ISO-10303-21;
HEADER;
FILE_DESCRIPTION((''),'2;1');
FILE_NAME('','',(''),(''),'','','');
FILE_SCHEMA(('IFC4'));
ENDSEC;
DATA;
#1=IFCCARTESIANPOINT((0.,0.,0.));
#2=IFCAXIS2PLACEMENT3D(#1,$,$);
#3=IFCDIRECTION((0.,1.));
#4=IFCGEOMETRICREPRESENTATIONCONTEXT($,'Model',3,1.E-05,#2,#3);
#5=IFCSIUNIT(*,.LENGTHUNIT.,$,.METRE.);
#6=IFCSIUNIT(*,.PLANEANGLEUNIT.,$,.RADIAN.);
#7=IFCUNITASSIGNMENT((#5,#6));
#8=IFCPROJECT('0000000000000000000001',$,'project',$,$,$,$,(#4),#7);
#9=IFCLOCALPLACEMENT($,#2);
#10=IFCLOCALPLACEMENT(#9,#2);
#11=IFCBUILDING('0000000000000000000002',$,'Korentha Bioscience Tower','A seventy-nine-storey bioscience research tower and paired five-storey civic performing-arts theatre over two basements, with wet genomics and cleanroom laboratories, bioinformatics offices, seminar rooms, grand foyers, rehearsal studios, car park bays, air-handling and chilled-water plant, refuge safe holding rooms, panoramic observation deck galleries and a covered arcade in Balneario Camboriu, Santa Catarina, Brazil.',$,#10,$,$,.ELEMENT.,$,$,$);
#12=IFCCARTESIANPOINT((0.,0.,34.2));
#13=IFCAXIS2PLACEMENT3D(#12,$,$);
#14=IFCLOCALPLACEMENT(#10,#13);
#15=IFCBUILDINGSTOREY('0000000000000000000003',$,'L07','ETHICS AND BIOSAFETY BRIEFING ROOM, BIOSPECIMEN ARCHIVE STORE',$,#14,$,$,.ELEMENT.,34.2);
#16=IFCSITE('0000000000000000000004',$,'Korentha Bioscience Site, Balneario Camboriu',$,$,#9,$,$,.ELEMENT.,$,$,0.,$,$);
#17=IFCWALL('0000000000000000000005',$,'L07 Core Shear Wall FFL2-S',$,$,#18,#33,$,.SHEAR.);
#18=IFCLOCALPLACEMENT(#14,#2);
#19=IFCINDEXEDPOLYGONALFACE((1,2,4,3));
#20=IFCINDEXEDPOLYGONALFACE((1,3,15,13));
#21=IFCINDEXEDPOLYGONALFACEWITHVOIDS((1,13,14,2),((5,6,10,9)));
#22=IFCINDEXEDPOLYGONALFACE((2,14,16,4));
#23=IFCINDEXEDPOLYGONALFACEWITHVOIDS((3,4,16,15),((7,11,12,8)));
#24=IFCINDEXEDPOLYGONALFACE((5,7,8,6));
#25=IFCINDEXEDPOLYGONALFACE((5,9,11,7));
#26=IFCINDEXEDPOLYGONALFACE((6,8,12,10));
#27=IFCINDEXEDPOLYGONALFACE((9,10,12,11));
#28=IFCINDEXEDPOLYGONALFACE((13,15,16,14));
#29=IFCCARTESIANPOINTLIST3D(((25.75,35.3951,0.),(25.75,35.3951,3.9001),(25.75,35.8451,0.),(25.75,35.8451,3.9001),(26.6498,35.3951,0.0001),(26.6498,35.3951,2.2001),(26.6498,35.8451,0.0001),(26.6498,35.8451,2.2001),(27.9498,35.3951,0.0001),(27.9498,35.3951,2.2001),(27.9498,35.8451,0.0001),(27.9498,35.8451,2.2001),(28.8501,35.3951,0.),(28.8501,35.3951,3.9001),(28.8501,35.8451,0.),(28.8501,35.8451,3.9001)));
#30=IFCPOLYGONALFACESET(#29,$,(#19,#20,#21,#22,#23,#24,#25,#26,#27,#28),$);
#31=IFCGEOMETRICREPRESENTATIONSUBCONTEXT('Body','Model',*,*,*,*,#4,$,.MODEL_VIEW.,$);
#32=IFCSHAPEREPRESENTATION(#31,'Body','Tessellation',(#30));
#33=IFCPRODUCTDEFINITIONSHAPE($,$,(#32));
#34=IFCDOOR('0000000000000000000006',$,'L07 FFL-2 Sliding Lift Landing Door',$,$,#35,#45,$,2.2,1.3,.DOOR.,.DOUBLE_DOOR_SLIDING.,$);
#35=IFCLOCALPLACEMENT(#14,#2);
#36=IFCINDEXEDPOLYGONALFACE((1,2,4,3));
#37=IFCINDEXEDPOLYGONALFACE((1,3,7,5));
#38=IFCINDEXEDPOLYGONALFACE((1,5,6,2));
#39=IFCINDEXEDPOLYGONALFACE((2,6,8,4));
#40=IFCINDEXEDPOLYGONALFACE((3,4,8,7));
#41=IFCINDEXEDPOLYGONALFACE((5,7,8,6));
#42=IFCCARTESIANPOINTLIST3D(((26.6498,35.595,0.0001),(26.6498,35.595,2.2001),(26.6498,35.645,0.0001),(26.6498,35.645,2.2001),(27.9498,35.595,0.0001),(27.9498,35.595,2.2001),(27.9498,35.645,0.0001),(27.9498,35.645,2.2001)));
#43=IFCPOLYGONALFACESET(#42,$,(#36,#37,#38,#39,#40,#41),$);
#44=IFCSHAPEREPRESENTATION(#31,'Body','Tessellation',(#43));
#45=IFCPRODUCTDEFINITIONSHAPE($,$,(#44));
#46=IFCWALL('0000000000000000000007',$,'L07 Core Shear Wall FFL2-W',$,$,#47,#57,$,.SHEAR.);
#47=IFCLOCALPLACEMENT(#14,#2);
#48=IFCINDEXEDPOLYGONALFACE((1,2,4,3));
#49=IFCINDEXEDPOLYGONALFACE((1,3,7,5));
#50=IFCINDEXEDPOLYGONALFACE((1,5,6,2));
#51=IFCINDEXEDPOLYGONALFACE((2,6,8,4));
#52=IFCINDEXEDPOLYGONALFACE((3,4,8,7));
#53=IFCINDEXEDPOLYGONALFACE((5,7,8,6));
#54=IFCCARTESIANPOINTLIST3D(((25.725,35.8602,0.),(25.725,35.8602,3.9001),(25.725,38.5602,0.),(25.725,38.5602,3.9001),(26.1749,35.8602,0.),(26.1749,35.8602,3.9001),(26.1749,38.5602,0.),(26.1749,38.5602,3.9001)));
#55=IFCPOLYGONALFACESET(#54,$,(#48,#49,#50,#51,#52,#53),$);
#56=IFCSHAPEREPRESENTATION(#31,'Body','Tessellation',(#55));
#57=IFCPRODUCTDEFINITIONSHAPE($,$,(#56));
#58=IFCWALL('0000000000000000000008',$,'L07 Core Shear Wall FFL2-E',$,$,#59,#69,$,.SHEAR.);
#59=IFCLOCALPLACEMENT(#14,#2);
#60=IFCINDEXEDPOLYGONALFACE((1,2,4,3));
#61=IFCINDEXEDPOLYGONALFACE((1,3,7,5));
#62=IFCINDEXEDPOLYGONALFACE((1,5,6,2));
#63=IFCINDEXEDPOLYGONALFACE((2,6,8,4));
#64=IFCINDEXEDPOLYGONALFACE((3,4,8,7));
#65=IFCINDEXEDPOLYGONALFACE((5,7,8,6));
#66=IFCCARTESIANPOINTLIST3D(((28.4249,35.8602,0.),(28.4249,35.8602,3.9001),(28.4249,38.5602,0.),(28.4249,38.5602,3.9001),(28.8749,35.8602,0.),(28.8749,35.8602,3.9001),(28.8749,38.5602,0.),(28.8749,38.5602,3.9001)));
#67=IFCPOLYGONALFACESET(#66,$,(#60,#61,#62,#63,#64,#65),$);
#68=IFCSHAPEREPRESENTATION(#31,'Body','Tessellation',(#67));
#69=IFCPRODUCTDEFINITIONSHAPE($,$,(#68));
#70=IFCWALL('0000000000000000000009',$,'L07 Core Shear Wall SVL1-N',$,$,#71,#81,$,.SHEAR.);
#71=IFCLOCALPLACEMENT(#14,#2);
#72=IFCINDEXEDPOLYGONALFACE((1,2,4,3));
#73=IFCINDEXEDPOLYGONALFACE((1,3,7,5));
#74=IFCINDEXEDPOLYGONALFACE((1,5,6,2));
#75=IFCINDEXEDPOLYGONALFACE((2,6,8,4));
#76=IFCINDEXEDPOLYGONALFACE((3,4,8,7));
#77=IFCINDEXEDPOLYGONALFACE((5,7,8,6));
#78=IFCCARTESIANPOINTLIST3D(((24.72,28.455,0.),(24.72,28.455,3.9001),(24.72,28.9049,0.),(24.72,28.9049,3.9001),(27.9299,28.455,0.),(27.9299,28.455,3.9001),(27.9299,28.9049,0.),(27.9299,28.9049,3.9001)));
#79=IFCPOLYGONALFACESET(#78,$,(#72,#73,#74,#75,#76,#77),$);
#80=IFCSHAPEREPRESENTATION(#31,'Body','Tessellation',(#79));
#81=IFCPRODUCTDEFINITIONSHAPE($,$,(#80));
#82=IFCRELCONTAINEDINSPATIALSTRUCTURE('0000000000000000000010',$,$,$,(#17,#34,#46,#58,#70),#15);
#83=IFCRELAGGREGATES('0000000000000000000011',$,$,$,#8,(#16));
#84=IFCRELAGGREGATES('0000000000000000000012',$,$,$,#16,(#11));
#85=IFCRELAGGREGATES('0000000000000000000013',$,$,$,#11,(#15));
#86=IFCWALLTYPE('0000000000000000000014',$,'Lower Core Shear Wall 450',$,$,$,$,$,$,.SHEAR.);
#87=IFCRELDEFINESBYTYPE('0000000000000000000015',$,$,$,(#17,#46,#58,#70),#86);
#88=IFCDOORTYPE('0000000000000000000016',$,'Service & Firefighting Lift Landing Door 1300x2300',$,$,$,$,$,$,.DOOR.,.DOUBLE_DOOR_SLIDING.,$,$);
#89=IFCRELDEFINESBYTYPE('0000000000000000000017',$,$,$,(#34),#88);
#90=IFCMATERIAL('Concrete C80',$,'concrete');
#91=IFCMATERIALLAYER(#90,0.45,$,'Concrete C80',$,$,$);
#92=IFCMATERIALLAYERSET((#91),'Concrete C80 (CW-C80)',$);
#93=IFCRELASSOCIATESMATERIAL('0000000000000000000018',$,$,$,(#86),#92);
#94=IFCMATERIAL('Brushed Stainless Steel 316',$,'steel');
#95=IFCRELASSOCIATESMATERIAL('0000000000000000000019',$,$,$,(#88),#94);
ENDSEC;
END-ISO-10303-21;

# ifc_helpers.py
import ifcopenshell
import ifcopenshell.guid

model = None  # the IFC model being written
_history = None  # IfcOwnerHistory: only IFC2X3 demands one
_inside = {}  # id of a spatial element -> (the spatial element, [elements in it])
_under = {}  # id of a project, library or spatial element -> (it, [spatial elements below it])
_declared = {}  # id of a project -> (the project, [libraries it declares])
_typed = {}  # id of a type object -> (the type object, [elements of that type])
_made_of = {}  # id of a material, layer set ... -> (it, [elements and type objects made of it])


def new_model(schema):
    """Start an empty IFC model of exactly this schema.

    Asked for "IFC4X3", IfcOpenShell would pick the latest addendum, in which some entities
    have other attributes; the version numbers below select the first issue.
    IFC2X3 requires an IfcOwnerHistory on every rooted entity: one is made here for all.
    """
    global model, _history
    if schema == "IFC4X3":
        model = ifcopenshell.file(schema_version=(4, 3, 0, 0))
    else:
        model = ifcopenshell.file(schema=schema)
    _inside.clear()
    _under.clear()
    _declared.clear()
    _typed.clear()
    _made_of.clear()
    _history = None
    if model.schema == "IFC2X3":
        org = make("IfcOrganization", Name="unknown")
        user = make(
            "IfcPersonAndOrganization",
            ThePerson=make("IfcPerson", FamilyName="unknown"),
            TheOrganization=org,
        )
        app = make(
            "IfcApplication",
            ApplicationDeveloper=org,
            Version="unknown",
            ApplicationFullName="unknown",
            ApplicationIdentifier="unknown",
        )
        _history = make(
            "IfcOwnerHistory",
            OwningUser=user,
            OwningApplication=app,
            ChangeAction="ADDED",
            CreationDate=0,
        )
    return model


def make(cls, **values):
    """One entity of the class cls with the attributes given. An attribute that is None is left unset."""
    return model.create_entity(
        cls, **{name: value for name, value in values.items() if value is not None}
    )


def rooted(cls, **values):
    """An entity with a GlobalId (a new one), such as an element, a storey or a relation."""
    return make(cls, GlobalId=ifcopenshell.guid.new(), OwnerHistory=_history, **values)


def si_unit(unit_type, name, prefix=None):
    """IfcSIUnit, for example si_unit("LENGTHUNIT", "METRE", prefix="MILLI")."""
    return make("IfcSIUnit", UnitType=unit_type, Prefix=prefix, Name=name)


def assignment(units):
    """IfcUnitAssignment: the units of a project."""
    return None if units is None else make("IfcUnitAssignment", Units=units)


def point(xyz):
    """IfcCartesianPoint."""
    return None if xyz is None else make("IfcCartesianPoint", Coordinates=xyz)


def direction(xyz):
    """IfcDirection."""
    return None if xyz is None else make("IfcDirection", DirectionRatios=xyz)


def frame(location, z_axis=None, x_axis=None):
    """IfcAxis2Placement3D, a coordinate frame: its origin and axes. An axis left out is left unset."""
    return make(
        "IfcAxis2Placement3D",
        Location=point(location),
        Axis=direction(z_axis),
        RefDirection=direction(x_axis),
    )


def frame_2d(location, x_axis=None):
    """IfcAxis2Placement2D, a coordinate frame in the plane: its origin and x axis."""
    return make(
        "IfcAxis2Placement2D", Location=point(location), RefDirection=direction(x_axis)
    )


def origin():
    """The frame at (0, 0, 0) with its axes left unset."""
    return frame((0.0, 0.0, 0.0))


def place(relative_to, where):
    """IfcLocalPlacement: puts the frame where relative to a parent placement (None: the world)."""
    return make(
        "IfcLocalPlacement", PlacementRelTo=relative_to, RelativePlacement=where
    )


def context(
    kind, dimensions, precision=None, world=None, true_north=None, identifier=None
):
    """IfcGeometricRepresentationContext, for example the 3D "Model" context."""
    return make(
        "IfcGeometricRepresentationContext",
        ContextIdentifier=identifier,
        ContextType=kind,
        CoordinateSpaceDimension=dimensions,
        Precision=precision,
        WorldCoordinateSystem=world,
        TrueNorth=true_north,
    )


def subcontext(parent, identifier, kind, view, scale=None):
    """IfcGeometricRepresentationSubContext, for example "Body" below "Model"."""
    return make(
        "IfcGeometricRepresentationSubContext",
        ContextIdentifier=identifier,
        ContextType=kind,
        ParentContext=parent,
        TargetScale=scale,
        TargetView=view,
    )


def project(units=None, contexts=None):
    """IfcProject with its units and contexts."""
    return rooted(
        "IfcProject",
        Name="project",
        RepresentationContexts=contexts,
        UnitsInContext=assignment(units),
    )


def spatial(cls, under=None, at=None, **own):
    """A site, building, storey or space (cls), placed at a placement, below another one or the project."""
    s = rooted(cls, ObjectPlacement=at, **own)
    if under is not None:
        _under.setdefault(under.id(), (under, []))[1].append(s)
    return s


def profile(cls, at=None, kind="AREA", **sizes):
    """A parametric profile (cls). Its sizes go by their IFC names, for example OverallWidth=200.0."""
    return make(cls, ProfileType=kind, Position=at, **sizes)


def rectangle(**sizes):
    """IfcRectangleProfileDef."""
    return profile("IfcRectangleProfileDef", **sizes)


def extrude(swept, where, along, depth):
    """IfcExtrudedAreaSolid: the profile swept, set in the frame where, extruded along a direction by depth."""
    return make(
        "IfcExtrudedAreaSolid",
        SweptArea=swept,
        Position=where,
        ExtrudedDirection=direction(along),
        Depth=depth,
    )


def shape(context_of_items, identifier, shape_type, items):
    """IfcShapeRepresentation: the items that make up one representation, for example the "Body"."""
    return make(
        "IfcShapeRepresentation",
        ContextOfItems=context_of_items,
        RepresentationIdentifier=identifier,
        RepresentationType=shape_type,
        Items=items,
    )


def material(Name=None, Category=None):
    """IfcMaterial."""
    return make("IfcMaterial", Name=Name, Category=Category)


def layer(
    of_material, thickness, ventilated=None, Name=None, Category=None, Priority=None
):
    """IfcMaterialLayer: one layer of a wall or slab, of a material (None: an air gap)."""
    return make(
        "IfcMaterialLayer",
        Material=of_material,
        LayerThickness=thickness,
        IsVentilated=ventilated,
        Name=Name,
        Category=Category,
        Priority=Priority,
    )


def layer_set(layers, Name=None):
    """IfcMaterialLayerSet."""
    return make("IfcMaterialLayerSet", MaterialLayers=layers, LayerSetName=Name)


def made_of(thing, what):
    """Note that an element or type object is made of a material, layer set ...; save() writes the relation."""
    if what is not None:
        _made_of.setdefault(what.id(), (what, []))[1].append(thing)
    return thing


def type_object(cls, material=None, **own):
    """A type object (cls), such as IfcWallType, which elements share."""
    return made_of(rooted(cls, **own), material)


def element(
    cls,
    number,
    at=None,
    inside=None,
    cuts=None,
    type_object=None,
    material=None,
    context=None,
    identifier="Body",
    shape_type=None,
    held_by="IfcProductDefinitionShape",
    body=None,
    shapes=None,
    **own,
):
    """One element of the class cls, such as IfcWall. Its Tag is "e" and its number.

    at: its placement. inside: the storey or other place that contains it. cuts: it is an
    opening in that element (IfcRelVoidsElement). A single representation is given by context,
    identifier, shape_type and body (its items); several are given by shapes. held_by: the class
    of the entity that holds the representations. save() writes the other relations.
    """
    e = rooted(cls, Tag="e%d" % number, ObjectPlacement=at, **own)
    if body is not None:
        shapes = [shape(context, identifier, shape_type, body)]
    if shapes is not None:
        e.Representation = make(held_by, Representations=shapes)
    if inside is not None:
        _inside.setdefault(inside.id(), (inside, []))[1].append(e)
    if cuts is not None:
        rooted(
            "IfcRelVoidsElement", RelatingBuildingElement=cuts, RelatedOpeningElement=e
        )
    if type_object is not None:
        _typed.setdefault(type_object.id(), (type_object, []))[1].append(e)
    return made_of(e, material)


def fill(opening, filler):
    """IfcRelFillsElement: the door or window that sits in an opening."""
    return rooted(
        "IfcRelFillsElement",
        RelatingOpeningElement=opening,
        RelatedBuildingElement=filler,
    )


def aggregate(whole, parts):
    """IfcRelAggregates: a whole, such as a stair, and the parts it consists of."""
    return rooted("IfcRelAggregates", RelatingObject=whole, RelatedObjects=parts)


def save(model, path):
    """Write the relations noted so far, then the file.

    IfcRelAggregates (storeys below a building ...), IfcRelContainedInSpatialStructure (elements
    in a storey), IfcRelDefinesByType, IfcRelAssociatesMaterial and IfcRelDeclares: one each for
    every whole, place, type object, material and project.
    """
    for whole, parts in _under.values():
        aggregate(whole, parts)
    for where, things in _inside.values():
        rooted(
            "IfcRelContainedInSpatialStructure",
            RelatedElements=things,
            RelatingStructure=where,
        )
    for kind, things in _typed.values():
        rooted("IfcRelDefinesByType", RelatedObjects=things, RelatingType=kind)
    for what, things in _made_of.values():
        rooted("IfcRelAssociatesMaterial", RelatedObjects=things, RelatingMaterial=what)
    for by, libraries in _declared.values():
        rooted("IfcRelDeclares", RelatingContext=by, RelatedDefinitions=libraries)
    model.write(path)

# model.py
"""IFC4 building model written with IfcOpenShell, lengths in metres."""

from ifc_helpers import new_model, si_unit, direction, frame, frame_2d, origin, place, context, subcontext, project, spatial, rectangle, extrude, material, layer, layer_set, type_object, element, fill, save


model = new_model("IFC4")

# Units and contexts
model_context = context("Model", 3, precision=1e-05, world=origin(), true_north=direction((0.0, 1.0)))
body_context = subcontext(model_context, "Body", "Model", "MODEL_VIEW")
ifc_project = project(units=[si_unit("LENGTHUNIT", "METRE"), si_unit("PLANEANGLEUNIT", "RADIAN")], contexts=[model_context])

# Site, building, storey
site_placement = place(None, origin())
site = spatial("IfcSite", under=ifc_project, at=site_placement, Name="Korentha Bioscience Site, Balneario Camboriu", CompositionType="ELEMENT", RefElevation=0.0)
building_placement = place(site_placement, origin())
building = spatial("IfcBuilding", under=site, at=building_placement, Name="Korentha Bioscience Tower", Description="A seventy-nine-storey bioscience research tower and paired five-storey civic performing-arts theatre over two basements, with wet genomics and cleanroom laboratories, bioinformatics offices, seminar rooms, grand foyers, rehearsal studios, car park bays, air-handling and chilled-water plant, refuge safe holding rooms, panoramic observation deck galleries and a covered arcade in Balneario Camboriu, Santa Catarina, Brazil.", CompositionType="ELEMENT")
storey_placement = place(building_placement, frame((0.0, 0.0, 34.2)))
storey = spatial("IfcBuildingStorey", under=building, at=storey_placement, Name="L07", Description="ETHICS AND BIOSAFETY BRIEFING ROOM, BIOSPECIMEN ARCHIVE STORE", CompositionType="ELEMENT", Elevation=34.2)

# Shared definitions
ifc_material_1 = material(Name="Concrete C80", Category="concrete")

# Shared definitions
ifc_layer_1 = layer(ifc_material_1, 0.45, Name="Concrete C80")
ifc_layer_set_1 = layer_set([ifc_layer_1], Name="Concrete C80 (CW-C80)")
wall_type_1 = type_object("IfcWallType", Name="Lower Core Shear Wall 450", PredefinedType="SHEAR", material=ifc_layer_set_1)

# Wall, opening, door
wall_1_placement = place(storey_placement, frame((25.75, 35.6201, 0.0), z_axis=(0.0, 0.0, 1.0), x_axis=(1.0, 0.0, 0.0)))
wall_1 = element("IfcWall", 1, at=wall_1_placement, inside=storey, type_object=wall_type_1, Name="L07 Core Shear Wall FFL2-S", PredefinedType="SHEAR", context=body_context, shape_type="SweptSolid", body=[
    extrude(rectangle(XDim=3.1001, YDim=0.45, at=frame_2d((1.55, 0.0))), origin(), (0.0, 0.0, 1.0), 3.9001),
])
opening_1_placement = place(wall_1_placement, frame((0.8999, 0.0, 0.0)))
opening_1 = element("IfcOpeningElement", 2, at=opening_1_placement, cuts=wall_1, PredefinedType="OPENING", context=body_context, shape_type="SweptSolid", body=[
    extrude(rectangle(XDim=1.3, YDim=2.2, at=frame_2d((0.6499, 1.1001))), frame((0.0, 0.2397, 0.0), z_axis=(0.0, -1.0, 0.0), x_axis=(1.0, 0.0, 0.0)), (0.0, 0.0, 1.0), 0.4797),
])
ifc_material_2 = material(Name="Brushed Stainless Steel 316", Category="steel")
door_type_1 = type_object("IfcDoorType", Name="Service & Firefighting Lift Landing Door 1300x2300", OperationType="DOUBLE_DOOR_SLIDING", PredefinedType="DOOR", material=ifc_material_2)
door_1_placement = place(opening_1_placement, origin())
door_1 = element("IfcDoor", 3, at=door_1_placement, inside=storey, type_object=door_type_1, Name="L07 FFL-2 Sliding Lift Landing Door", OperationType="DOUBLE_DOOR_SLIDING", OverallHeight=2.2, OverallWidth=1.3, PredefinedType="DOOR", context=body_context, shape_type="SweptSolid", body=[
    extrude(rectangle(XDim=1.3, YDim=2.2, at=frame_2d((0.6499, 1.1001))), frame((0.0, 0.0249, 0.0), z_axis=(0.0, -1.0, 0.0), x_axis=(1.0, 0.0, 0.0)), (0.0, 0.0, 1.0), 0.05),
])
fill(opening_1, door_1)

# Walls
for number, where, z_axis, x_axis, name in (
    (4, (25.95, 35.8601, 0.0), (0.0, 0.0, 1.0), (0.0, 1.0, 0.0), "L07 Core Shear Wall FFL2-W"),
    (5, (28.6499, 35.8601, 0.0), (0.0, 0.0, 1.0), (0.0, 1.0, 0.0), "L07 Core Shear Wall FFL2-E"),
):
    element("IfcWall", number, at=place(storey_placement, frame(where, z_axis=z_axis, x_axis=x_axis)), inside=storey, type_object=wall_type_1, Name=name, PredefinedType="SHEAR", context=body_context, shape_type="SweptSolid", body=[
        extrude(rectangle(XDim=2.7, YDim=0.45, at=frame_2d((1.3501, 0.0))), origin(), (0.0, 0.0, 1.0), 3.9001),
    ])
wall_2_placement = place(storey_placement, frame((24.72, 28.6799, 0.0), z_axis=(0.0, 0.0, 1.0), x_axis=(1.0, 0.0, 0.0)))
element("IfcWall", 6, at=wall_2_placement, inside=storey, type_object=wall_type_1, Name="L07 Core Shear Wall SVL1-N", PredefinedType="SHEAR", context=body_context, shape_type="SweptSolid", body=[
    extrude(rectangle(XDim=3.21, YDim=0.45, at=frame_2d((1.605, 0.0))), origin(), (0.0, 0.0, 1.0), 3.9001),
])

save(model, "model.ifc")
